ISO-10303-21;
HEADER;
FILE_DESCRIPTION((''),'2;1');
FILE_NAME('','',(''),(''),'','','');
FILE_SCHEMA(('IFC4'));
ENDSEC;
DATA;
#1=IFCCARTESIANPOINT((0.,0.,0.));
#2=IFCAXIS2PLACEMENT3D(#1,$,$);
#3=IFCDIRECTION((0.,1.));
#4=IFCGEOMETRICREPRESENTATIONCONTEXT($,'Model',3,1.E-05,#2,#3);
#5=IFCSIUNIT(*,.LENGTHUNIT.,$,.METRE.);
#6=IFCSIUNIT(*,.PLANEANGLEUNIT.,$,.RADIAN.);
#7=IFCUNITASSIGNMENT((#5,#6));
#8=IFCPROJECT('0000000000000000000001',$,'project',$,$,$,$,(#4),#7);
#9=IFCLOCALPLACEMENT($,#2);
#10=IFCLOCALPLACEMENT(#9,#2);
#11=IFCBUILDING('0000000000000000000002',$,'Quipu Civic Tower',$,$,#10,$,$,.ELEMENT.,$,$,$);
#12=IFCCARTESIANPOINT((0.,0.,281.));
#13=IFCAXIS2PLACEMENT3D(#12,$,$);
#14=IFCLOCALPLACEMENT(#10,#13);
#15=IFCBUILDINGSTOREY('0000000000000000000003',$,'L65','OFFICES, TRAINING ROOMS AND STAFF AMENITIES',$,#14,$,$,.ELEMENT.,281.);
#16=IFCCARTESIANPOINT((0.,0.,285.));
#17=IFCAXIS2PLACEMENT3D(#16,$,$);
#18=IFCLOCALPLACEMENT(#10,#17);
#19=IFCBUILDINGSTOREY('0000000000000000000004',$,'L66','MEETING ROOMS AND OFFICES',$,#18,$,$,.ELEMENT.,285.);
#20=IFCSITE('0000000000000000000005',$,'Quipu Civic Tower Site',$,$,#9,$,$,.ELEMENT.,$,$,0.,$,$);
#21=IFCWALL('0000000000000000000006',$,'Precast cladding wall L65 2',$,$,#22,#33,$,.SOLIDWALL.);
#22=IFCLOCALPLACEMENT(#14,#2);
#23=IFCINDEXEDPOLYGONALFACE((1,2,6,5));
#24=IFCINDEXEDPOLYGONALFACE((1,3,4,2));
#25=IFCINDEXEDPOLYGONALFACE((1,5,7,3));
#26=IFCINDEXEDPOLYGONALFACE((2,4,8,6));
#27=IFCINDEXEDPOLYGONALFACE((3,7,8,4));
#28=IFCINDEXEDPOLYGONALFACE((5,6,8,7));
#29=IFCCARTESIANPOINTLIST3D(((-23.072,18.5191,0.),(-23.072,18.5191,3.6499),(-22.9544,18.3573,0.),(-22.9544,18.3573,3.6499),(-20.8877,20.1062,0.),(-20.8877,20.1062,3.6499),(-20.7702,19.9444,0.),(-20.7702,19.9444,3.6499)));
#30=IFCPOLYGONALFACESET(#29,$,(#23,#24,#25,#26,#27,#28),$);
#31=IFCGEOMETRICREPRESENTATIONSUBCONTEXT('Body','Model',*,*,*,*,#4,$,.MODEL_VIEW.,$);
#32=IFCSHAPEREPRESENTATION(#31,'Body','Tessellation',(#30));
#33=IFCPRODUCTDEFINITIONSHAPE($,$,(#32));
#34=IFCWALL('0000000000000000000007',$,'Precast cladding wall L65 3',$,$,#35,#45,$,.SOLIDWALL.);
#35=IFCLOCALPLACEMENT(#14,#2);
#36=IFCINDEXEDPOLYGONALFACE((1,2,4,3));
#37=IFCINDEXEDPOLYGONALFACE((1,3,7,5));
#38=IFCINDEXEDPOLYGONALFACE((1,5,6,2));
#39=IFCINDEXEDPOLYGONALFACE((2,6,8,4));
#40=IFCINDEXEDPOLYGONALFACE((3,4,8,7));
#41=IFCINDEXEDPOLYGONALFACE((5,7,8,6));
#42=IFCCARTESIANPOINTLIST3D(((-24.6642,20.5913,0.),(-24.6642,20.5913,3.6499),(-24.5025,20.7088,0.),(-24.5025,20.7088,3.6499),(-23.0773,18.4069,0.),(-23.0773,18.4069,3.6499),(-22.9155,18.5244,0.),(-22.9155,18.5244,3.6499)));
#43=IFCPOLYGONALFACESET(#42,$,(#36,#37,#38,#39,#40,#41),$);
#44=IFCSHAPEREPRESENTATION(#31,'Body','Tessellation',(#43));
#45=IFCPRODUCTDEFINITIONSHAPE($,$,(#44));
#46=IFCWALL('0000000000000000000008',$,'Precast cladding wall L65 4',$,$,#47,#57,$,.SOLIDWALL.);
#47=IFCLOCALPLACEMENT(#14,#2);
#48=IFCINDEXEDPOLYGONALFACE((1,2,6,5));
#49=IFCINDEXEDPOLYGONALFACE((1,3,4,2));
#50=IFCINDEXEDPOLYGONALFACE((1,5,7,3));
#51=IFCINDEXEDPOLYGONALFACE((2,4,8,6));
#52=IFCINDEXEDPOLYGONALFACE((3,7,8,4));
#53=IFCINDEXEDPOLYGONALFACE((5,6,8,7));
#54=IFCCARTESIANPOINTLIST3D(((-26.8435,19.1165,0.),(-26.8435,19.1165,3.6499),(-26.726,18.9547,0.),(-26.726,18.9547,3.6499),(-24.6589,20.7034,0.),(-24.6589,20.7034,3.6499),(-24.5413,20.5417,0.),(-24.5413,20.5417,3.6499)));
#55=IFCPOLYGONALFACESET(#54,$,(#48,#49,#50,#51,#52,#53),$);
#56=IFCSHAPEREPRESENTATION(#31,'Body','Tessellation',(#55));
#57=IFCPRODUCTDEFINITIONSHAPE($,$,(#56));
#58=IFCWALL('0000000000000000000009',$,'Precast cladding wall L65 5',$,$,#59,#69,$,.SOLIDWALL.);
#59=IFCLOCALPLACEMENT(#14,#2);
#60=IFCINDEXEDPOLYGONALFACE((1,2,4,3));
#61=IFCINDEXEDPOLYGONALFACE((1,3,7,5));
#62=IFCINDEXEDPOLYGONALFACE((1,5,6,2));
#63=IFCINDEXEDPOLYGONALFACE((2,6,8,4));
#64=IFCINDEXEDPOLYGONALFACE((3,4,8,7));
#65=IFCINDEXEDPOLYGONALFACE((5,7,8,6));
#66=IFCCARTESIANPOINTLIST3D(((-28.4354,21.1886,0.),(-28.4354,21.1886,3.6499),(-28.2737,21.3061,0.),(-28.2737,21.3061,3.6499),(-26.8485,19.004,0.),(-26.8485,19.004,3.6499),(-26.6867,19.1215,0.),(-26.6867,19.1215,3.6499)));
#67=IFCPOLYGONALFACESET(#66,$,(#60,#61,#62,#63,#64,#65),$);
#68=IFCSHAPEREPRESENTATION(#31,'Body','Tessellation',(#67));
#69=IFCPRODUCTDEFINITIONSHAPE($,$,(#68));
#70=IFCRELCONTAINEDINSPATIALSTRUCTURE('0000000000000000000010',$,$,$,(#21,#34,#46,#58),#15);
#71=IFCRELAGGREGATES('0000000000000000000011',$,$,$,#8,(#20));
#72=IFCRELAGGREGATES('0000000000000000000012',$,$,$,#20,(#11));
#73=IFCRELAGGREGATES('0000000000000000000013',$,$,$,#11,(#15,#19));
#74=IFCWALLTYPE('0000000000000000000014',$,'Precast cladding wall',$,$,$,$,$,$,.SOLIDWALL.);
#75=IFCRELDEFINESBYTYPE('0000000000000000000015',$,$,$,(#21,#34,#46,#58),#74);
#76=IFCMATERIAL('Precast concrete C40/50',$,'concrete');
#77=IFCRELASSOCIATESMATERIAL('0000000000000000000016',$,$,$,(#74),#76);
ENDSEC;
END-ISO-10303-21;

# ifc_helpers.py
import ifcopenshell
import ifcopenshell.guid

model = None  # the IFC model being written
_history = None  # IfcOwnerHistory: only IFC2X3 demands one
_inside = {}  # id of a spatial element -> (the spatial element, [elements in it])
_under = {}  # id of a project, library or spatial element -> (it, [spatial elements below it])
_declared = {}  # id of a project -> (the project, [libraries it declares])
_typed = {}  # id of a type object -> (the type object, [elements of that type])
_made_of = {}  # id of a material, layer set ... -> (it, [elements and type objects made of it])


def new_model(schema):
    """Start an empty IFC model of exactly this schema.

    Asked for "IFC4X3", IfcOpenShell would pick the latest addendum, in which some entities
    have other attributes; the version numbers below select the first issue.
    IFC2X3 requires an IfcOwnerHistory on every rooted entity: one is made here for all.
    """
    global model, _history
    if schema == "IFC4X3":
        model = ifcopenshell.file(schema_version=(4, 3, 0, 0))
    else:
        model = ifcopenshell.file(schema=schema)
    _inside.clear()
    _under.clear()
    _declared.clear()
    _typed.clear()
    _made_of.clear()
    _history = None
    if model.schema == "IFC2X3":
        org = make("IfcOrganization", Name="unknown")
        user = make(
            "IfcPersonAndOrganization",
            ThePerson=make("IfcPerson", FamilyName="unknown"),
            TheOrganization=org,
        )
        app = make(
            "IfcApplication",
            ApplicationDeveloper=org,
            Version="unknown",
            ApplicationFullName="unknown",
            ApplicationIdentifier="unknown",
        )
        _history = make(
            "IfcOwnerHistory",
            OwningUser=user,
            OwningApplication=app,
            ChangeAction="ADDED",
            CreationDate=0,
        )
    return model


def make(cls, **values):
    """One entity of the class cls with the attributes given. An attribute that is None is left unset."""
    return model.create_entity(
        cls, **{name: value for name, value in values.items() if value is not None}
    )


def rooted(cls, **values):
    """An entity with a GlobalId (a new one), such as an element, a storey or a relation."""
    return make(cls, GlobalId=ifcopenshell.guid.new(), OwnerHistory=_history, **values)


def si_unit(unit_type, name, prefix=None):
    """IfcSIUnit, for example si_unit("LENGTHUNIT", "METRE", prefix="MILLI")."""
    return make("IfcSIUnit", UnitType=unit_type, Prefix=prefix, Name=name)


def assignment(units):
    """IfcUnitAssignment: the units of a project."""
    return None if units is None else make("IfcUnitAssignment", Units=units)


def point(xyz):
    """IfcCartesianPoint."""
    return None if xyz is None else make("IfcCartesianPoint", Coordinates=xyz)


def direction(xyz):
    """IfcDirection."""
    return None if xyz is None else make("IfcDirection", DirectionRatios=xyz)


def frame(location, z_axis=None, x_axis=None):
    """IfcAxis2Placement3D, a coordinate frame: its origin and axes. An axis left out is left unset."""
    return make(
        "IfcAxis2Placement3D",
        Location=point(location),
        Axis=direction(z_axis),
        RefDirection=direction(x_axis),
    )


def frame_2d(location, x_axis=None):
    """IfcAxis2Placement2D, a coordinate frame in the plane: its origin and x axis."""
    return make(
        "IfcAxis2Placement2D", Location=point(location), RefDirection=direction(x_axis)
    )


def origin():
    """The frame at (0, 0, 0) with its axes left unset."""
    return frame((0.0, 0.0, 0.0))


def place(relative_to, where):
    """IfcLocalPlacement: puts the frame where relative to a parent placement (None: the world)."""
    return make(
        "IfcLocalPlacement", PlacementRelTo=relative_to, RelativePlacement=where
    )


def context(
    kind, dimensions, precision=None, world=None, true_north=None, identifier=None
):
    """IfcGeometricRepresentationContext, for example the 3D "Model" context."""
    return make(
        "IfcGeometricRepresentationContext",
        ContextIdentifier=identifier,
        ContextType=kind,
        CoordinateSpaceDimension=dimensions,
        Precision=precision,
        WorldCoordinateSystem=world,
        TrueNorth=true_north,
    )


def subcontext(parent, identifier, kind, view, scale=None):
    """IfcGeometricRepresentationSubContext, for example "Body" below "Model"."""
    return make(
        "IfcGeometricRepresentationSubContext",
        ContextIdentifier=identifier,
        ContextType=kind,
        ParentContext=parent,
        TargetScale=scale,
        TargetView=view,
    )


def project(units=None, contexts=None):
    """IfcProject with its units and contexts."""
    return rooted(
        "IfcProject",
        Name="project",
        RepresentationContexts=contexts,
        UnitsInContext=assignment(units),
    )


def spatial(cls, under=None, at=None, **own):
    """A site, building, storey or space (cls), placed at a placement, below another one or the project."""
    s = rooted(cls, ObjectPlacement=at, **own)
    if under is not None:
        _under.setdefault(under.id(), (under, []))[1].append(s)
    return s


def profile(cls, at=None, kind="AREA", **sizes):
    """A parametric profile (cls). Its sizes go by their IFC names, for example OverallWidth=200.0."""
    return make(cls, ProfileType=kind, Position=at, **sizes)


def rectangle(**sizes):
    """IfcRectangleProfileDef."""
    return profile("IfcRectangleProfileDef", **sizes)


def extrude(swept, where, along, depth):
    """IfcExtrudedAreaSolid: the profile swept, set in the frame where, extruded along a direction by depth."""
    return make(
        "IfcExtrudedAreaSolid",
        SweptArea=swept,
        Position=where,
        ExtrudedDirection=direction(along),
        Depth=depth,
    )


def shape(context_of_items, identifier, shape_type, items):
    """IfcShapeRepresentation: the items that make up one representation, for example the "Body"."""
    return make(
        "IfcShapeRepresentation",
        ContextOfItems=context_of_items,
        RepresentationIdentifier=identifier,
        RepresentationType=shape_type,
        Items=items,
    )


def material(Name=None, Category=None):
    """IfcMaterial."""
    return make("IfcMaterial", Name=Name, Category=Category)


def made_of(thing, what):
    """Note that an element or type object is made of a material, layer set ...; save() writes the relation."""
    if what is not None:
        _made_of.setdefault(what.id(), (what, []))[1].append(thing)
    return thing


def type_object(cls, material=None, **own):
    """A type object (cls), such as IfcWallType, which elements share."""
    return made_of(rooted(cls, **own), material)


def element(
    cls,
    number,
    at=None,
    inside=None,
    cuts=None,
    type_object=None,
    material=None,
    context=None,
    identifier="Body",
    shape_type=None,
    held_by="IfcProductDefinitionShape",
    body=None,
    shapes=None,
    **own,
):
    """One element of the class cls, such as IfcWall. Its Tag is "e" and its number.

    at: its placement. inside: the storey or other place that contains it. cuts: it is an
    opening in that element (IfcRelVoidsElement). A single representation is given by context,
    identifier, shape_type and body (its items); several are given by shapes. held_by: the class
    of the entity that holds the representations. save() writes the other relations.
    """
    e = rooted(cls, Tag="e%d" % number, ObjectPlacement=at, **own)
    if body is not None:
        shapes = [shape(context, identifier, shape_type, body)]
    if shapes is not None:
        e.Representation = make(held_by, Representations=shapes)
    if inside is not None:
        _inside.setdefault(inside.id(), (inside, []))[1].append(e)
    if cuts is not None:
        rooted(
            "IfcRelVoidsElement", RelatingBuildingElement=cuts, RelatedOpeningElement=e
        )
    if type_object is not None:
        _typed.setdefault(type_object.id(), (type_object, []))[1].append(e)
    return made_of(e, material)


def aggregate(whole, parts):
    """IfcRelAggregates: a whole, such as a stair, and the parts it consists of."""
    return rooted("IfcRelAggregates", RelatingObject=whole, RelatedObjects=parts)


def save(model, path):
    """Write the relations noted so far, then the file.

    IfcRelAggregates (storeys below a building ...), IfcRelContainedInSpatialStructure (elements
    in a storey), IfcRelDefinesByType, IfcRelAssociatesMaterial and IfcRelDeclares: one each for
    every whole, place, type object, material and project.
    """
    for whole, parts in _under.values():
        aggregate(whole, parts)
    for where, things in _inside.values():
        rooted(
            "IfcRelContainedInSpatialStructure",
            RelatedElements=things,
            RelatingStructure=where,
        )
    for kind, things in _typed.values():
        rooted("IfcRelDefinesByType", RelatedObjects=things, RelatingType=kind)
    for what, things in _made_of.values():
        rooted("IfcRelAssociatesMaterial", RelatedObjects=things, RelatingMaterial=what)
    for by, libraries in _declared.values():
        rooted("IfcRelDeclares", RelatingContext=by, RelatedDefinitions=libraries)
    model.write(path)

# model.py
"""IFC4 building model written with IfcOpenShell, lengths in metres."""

from ifc_helpers import new_model, si_unit, direction, frame, frame_2d, origin, place, context, subcontext, project, spatial, rectangle, extrude, material, type_object, element, save


model = new_model("IFC4")

# Units and contexts
model_context = context("Model", 3, precision=1e-05, world=origin(), true_north=direction((0.0, 1.0)))
body_context = subcontext(model_context, "Body", "Model", "MODEL_VIEW")
ifc_project = project(units=[si_unit("LENGTHUNIT", "METRE"), si_unit("PLANEANGLEUNIT", "RADIAN")], contexts=[model_context])

# Site, building, storey
site_placement = place(None, origin())
site = spatial("IfcSite", under=ifc_project, at=site_placement, Name="Quipu Civic Tower Site", CompositionType="ELEMENT", RefElevation=0.0)
building_placement = place(site_placement, origin())
building = spatial("IfcBuilding", under=site, at=building_placement, Name="Quipu Civic Tower", CompositionType="ELEMENT")
storey_1_placement = place(building_placement, frame((0.0, 0.0, 281.0)))
storey_1 = spatial("IfcBuildingStorey", under=building, at=storey_1_placement, Name="L65", Description="OFFICES, TRAINING ROOMS AND STAFF AMENITIES", CompositionType="ELEMENT", Elevation=281.0)

# Shared definitions
storey_2_placement = place(building_placement, frame((0.0, 0.0, 285.0)))
storey_2 = spatial("IfcBuildingStorey", under=building, at=storey_2_placement, Name="L66", Description="MEETING ROOMS AND OFFICES", CompositionType="ELEMENT", Elevation=285.0)

# Walls
ifc_material_1 = material(Name="Precast concrete C40/50", Category="concrete")
wall_type = type_object("IfcWallType", Name="Precast cladding wall", PredefinedType="SOLIDWALL", material=ifc_material_1)
for number, where, z_axis, x_axis, name in (
    (1, (-20.8289, 20.0254, 0.0), (0.0, 0.0, 1.0), (-0.80899, -0.587822, 0.0), "Precast cladding wall L65 2"),
    (2, (-22.9963, 18.4656, 0.0), (0.0, 0.0, 1.0), (-0.587763, 0.809033, 0.0), "Precast cladding wall L65 3"),
):
    element("IfcWall", number, at=place(storey_1_placement, frame(where, z_axis=z_axis, x_axis=x_axis)), inside=storey_1, type_object=wall_type, Name=name, PredefinedType="SOLIDWALL", context=body_context, shape_type="SweptSolid", body=[
        extrude(rectangle(XDim=2.7, YDim=0.2, at=frame_2d((1.3501, 0.0))), origin(), (0.0, 0.0, 1.0), 3.6499),
    ])
for number, where, z_axis, x_axis, name in (
    (3, (-24.6001, 20.6226, 0.0), (0.0, 0.0, 1.0), (-0.809064, -0.58772, 0.0), "Precast cladding wall L65 4"),
    (4, (-26.7676, 19.0627, 0.0), (0.0, 0.0, 1.0), (-0.58772, 0.809064, 0.0), "Precast cladding wall L65 5"),
):
    element("IfcWall", number, at=place(storey_1_placement, frame(where, z_axis=z_axis, x_axis=x_axis)), inside=storey_1, type_object=wall_type, Name=name, PredefinedType="SOLIDWALL", context=body_context, shape_type="SweptSolid", body=[
        extrude(rectangle(XDim=2.7002, YDim=0.2, at=frame_2d((1.3501, 0.0))), origin(), (0.0, 0.0, 1.0), 3.6499),
    ])

save(model, "model.ifc")
